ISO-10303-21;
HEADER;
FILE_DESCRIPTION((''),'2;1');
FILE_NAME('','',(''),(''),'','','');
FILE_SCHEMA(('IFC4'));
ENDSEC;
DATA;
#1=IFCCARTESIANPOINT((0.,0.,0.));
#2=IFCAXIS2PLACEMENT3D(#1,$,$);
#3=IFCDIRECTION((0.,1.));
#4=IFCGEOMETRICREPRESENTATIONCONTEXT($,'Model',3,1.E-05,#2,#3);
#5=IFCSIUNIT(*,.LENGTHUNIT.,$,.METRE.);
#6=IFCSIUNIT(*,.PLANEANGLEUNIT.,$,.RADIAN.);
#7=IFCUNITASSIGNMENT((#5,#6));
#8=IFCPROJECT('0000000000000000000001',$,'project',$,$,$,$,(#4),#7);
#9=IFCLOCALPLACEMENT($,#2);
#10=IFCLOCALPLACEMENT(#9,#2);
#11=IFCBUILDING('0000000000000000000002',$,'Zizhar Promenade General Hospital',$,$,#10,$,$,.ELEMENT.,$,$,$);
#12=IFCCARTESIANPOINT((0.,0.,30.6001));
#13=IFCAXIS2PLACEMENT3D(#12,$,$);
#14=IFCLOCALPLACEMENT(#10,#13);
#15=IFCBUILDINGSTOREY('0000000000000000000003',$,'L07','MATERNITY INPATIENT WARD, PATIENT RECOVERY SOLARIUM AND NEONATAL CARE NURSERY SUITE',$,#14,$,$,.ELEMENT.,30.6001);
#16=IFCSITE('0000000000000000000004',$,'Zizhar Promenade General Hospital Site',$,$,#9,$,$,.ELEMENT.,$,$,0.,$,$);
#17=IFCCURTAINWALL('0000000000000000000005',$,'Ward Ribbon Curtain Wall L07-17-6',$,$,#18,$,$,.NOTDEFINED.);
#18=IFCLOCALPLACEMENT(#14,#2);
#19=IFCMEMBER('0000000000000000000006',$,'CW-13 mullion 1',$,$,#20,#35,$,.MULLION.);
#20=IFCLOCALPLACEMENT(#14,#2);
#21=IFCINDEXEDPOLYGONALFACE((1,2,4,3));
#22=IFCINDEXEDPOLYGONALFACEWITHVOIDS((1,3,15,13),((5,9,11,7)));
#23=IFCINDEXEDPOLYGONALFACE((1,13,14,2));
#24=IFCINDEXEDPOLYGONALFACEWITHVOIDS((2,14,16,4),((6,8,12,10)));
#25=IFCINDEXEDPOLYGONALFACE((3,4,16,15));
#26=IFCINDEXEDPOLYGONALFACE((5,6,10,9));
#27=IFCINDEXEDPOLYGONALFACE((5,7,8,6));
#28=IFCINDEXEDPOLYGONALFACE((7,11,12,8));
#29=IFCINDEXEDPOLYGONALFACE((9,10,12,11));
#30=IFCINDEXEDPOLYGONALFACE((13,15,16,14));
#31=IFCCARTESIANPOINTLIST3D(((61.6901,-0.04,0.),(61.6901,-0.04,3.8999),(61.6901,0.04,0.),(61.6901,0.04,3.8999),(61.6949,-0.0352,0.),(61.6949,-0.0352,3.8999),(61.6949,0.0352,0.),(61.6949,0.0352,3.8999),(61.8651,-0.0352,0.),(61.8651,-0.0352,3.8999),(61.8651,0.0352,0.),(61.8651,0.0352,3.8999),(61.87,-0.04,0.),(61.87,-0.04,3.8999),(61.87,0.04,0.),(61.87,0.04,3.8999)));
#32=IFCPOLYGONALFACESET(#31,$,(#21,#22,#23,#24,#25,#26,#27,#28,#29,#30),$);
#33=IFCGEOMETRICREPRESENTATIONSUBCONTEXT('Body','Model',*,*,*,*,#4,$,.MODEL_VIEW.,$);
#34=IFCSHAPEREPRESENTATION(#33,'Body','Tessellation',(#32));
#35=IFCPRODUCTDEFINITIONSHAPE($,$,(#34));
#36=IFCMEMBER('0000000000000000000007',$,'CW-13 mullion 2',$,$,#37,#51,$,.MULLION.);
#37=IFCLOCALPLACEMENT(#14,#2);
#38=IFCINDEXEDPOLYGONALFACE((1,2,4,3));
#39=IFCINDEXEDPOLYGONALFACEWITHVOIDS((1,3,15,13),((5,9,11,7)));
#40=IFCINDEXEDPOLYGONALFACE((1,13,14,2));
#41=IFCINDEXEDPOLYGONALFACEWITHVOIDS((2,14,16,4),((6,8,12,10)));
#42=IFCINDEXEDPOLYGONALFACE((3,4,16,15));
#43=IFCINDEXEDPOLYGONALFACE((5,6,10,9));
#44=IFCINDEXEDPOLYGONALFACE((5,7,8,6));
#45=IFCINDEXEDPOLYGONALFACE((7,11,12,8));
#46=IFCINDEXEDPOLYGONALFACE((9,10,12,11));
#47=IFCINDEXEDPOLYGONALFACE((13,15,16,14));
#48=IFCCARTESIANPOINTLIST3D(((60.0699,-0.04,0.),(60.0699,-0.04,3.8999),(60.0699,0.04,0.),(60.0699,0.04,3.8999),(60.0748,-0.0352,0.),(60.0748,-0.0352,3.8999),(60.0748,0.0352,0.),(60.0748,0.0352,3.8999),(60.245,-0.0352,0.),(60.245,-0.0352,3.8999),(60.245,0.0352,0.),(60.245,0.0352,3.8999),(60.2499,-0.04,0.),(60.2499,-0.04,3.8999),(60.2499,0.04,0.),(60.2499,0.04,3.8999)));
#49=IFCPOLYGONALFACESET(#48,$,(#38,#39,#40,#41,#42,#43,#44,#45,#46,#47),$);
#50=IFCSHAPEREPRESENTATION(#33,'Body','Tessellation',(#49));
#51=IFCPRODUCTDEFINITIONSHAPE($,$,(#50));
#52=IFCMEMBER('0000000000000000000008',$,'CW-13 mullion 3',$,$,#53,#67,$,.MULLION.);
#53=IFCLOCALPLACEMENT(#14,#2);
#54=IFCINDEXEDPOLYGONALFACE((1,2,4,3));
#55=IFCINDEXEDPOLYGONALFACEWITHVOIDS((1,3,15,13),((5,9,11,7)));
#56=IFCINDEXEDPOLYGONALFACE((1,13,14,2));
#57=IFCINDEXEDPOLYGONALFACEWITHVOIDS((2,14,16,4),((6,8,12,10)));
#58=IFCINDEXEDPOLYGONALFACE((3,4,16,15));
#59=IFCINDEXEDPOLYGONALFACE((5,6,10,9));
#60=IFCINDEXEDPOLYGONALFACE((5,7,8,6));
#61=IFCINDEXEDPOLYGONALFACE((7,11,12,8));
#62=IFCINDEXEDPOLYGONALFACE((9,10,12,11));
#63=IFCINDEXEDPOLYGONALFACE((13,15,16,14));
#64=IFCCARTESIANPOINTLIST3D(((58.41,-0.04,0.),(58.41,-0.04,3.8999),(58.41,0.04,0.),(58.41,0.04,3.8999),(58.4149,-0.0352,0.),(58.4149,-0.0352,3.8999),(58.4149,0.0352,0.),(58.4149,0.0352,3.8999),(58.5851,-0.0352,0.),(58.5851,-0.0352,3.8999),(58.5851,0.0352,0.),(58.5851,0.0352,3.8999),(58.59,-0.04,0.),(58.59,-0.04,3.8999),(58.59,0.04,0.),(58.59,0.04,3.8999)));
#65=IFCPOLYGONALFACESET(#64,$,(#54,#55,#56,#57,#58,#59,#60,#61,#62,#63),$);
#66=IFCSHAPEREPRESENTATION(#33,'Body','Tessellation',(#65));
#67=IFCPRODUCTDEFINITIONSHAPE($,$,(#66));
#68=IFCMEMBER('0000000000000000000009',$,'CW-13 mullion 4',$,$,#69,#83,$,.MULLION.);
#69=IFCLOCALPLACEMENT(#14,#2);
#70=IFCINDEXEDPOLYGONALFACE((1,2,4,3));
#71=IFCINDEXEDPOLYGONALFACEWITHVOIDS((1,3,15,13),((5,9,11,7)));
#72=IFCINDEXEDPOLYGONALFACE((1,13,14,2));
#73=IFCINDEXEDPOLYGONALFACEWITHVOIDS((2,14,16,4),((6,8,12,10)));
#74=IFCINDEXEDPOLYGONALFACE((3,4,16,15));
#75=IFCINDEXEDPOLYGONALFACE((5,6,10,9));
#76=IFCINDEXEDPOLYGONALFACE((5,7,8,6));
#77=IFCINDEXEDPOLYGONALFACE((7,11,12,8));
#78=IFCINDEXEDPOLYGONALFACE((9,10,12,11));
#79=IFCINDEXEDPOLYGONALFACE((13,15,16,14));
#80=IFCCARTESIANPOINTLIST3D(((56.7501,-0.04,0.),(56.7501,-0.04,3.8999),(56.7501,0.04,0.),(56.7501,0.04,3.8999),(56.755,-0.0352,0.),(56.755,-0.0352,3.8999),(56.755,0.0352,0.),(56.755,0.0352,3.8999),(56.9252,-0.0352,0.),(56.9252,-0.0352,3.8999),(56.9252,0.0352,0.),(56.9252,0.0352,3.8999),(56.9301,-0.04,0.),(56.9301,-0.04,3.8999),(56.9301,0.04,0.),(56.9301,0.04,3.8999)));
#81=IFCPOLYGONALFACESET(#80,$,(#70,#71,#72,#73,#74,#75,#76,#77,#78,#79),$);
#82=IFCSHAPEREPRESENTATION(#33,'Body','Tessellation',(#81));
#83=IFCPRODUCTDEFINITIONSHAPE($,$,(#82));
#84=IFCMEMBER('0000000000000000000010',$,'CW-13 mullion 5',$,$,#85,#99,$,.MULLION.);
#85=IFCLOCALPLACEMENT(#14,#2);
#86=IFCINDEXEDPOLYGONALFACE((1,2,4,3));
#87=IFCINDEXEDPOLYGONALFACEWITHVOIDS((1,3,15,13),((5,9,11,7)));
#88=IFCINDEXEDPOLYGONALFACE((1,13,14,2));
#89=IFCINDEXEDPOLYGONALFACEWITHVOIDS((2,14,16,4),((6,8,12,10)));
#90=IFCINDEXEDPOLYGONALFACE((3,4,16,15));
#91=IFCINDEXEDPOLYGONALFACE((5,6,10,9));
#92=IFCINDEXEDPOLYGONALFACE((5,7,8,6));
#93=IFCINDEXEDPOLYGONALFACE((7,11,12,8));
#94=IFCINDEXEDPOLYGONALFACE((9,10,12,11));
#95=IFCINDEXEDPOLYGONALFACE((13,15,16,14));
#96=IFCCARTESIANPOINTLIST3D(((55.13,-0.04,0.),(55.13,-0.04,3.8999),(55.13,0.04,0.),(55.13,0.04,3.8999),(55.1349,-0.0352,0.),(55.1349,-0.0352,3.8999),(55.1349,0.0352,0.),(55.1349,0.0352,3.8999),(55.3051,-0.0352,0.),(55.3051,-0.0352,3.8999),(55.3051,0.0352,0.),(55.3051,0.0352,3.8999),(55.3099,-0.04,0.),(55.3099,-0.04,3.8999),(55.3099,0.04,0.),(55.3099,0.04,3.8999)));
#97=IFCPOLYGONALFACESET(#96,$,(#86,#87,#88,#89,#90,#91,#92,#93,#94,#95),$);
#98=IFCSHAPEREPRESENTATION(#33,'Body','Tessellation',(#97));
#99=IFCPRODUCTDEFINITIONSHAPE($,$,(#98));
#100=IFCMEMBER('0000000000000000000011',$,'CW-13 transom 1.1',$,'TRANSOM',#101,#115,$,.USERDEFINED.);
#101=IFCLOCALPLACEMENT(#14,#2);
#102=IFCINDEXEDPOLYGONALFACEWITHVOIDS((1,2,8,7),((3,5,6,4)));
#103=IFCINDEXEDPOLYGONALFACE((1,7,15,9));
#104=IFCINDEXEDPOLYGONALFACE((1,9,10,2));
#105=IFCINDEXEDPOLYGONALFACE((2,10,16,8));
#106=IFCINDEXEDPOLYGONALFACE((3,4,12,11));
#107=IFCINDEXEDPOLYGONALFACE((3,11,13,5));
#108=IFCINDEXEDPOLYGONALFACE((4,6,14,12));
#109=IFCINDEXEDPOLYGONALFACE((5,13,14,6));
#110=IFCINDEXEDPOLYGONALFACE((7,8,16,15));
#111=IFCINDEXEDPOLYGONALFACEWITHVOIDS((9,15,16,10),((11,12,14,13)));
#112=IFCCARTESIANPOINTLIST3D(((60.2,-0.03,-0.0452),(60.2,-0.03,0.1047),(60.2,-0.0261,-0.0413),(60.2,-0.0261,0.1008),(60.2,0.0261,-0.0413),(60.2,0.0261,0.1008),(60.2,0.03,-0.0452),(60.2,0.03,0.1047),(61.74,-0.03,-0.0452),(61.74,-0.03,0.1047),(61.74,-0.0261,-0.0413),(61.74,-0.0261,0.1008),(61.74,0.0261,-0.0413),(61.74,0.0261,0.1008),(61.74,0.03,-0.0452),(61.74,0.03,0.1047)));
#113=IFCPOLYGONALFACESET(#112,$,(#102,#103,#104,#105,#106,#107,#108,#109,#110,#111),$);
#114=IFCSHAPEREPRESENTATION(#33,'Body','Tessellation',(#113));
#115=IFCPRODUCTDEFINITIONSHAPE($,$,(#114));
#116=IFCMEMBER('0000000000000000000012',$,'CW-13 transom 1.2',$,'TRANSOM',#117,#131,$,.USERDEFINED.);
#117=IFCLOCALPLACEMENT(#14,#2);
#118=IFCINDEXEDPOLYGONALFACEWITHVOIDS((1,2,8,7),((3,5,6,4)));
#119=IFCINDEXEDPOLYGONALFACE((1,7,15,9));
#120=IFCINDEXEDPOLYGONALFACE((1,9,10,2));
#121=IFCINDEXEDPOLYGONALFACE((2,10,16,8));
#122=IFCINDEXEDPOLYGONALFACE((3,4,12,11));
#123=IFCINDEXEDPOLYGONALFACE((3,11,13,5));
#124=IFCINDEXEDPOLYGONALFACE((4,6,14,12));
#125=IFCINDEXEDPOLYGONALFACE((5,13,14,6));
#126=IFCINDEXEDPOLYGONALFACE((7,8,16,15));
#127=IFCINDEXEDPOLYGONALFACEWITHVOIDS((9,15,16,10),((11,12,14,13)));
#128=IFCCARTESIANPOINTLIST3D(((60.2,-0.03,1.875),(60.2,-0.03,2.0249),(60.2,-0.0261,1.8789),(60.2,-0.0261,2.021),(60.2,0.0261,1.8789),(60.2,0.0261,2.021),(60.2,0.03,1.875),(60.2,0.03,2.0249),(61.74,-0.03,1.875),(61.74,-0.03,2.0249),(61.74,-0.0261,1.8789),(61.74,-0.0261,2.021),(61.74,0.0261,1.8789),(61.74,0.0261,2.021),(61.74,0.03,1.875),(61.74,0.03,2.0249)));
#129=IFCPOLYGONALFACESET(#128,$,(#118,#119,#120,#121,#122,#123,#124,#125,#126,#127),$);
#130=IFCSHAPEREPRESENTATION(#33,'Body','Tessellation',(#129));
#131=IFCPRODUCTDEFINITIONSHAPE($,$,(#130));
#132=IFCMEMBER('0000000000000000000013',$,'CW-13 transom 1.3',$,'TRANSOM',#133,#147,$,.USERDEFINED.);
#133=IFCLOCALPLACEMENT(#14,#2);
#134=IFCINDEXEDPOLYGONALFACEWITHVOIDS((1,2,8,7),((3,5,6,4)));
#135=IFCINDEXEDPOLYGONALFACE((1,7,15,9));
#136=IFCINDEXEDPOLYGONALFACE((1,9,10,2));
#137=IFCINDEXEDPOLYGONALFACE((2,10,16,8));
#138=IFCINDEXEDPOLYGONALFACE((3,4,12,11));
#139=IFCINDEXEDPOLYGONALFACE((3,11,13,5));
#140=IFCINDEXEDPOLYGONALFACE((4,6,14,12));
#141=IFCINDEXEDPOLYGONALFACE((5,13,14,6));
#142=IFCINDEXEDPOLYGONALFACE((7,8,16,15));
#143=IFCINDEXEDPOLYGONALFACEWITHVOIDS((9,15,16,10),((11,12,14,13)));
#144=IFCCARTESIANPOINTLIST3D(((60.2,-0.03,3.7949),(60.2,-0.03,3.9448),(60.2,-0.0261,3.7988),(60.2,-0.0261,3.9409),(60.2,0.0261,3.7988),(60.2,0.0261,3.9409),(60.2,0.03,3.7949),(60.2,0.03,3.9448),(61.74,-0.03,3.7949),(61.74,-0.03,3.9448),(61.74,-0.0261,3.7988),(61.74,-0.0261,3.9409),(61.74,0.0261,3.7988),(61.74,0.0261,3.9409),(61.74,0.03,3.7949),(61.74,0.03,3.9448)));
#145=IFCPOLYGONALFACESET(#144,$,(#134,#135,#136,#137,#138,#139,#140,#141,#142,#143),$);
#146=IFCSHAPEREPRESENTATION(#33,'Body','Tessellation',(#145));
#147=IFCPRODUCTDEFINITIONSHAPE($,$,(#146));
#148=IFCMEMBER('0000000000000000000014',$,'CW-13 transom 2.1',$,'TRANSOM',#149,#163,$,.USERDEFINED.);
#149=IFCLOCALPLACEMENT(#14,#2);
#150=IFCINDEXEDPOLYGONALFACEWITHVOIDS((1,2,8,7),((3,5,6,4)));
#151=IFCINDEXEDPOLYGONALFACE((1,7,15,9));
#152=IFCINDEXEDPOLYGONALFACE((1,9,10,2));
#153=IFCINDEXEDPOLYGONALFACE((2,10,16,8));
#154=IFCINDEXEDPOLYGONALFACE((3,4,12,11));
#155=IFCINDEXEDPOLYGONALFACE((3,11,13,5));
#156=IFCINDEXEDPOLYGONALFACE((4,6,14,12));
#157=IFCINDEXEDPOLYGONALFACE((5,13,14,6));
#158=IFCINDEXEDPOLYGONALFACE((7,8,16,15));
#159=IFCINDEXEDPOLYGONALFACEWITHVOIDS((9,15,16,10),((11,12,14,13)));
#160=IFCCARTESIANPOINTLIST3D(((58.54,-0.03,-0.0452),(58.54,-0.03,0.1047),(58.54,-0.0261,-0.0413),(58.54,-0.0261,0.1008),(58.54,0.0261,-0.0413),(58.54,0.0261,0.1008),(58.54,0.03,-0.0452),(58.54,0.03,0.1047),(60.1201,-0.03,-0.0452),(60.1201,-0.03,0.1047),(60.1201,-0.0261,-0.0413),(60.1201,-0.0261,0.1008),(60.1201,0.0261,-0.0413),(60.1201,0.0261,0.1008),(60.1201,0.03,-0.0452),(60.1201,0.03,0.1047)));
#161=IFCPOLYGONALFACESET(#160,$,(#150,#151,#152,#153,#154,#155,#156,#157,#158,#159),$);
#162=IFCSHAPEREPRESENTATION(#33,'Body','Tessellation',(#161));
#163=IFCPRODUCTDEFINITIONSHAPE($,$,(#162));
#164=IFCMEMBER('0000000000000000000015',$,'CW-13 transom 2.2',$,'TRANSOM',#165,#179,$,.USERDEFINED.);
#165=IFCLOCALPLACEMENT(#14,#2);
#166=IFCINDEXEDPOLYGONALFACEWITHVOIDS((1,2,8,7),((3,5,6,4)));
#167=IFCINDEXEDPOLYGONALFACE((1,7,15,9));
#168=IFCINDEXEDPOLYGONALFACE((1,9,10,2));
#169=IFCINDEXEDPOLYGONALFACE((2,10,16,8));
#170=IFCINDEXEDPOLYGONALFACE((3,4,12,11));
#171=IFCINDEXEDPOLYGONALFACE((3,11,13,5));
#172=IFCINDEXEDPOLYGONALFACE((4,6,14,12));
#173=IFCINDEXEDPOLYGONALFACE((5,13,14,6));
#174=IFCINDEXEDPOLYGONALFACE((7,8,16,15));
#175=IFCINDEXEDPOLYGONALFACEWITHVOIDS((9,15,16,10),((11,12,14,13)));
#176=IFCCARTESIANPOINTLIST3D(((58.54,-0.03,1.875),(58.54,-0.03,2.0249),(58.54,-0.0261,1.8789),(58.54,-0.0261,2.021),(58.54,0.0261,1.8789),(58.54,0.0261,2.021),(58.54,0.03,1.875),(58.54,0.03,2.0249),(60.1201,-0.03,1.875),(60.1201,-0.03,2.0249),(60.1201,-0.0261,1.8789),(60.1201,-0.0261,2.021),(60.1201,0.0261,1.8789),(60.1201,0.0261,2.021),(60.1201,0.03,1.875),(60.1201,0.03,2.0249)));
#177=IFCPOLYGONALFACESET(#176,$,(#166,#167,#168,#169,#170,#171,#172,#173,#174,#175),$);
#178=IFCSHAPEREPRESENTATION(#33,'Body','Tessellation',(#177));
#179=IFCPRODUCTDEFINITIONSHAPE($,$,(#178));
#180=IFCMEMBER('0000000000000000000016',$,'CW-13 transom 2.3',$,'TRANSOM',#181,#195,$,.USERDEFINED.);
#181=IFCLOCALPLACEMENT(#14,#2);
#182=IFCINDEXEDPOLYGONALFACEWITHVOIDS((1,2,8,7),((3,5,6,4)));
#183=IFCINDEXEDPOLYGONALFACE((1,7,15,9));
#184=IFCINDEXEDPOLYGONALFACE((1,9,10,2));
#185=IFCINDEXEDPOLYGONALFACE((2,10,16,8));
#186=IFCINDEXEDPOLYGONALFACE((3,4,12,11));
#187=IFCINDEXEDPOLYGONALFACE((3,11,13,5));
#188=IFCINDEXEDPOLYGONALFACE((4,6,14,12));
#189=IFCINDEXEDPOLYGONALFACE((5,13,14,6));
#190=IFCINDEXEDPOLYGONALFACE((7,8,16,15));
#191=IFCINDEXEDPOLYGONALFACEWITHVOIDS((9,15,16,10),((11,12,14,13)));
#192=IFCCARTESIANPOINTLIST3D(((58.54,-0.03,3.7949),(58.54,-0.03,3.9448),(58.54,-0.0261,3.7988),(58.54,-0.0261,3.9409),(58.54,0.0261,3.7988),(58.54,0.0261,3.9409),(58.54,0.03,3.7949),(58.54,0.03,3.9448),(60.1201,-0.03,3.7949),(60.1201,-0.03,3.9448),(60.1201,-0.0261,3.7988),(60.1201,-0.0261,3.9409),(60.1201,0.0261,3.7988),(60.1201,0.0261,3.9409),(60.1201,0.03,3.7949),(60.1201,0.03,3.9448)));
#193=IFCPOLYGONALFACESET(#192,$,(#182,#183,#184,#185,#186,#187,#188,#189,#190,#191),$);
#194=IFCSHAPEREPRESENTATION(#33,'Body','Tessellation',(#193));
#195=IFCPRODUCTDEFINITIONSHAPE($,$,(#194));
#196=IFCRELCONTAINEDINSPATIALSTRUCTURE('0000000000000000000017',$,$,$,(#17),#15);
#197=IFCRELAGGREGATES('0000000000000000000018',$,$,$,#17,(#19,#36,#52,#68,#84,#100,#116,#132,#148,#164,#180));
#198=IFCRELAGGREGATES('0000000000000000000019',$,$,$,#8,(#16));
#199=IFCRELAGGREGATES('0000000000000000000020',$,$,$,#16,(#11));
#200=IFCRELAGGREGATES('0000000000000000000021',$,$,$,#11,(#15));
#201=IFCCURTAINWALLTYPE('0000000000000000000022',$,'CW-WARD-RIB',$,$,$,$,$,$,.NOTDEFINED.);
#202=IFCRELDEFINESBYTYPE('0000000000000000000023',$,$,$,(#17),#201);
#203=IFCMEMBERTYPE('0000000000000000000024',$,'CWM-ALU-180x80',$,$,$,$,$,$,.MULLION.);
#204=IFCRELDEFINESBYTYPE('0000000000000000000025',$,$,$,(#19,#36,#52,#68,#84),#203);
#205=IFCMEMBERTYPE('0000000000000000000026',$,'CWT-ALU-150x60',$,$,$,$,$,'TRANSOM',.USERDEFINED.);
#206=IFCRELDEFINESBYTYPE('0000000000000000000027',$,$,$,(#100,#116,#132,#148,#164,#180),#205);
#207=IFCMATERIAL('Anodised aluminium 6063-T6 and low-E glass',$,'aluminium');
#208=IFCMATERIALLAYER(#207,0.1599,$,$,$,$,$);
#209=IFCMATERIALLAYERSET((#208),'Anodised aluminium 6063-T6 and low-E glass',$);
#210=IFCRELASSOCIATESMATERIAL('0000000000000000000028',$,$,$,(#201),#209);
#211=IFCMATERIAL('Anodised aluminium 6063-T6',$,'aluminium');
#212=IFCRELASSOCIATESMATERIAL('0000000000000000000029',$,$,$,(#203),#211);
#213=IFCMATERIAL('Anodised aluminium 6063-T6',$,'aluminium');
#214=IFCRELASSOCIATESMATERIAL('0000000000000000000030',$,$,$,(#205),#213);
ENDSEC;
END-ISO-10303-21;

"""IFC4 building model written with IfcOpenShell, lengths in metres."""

from ifc_helpers import new_model, si_unit, direction, frame, origin, origin_2d, place, context, subcontext, project, spatial, hollow_rectangle, extrude, material, layer, layer_set, material_profile, profile_set, type_object, element, aggregate, save


model = new_model("IFC4")

# Units and contexts
model_context = context("Model", 3, precision=1e-05, world=origin(), true_north=direction((0.0, 1.0)))
body_context = subcontext(model_context, "Body", "Model", "MODEL_VIEW")
ifc_project = project(units=[si_unit("LENGTHUNIT", "METRE"), si_unit("PLANEANGLEUNIT", "RADIAN")], contexts=[model_context])

# Site, building, storey
site_placement = place(None, origin())
site = spatial("IfcSite", under=ifc_project, at=site_placement, Name="Zizhar Promenade General Hospital Site", CompositionType="ELEMENT", RefElevation=0.0)
building_placement = place(site_placement, origin())
building = spatial("IfcBuilding", under=site, at=building_placement, Name="Zizhar Promenade General Hospital", CompositionType="ELEMENT")
storey_placement = place(building_placement, frame((0.0, 0.0, 30.6001)))
storey = spatial("IfcBuildingStorey", under=building, at=storey_placement, Name="L07", Description="MATERNITY INPATIENT WARD, PATIENT RECOVERY SOLARIUM AND NEONATAL CARE NURSERY SUITE", CompositionType="ELEMENT", Elevation=30.6001)

# Curtain wall, members
ifc_material_1 = material(Name="Anodised aluminium 6063-T6 and low-E glass", Category="aluminium")
ifc_layer_1 = layer(ifc_material_1, 0.1599)
ifc_layer_set_1 = layer_set([ifc_layer_1], Name="Anodised aluminium 6063-T6 and low-E glass")
curtain_wall_type = type_object("IfcCurtainWallType", Name="CW-WARD-RIB", PredefinedType="NOTDEFINED", material=ifc_layer_set_1)
curtain_wall_placement = place(storey_placement, origin())
curtain_wall = element("IfcCurtainWall", 1, at=curtain_wall_placement, inside=storey, type_object=curtain_wall_type, Name="Ward Ribbon Curtain Wall L07-17-6", PredefinedType="NOTDEFINED")
ifc_material_2 = material(Name="Anodised aluminium 6063-T6", Category="aluminium")
ifc_material_profile_1 = material_profile(ifc_material_2, hollow_rectangle(XDim=0.0801, YDim=0.1799, WallThickness=0.0049, at=origin_2d()))
ifc_profile_set_1 = profile_set([ifc_material_profile_1], Name="Anodised aluminium 6063-T6")
member_type_1 = type_object("IfcMemberType", Name="CWM-ALU-180x80", PredefinedType="MULLION", material=ifc_profile_set_1)
member_1_placement = place(storey_placement, frame((61.78, 0.0, 0.0), z_axis=(0.0, 0.0, 1.0), x_axis=(0.0, -1.0, 0.0)))
member_1 = element("IfcMember", 2, at=member_1_placement, type_object=member_type_1, Name="CW-13 mullion 1", PredefinedType="MULLION", context=body_context, shape_type="SweptSolid", body=[
    extrude(hollow_rectangle(XDim=0.0801, YDim=0.1799, WallThickness=0.0049, at=origin_2d()), origin(), (0.0, 0.0, 1.0), 3.8999),
])
member_2_placement = place(storey_placement, frame((60.1599, 0.0, 0.0), z_axis=(0.0, 0.0, 1.0), x_axis=(0.0, -1.0, 0.0)))
member_2 = element("IfcMember", 3, at=member_2_placement, type_object=member_type_1, Name="CW-13 mullion 2", PredefinedType="MULLION", context=body_context, shape_type="SweptSolid", body=[
    extrude(hollow_rectangle(XDim=0.0801, YDim=0.1799, WallThickness=0.0049, at=origin_2d()), origin(), (0.0, 0.0, 1.0), 3.8999),
])
member_3_placement = place(storey_placement, frame((58.5, 0.0, 0.0), z_axis=(0.0, 0.0, 1.0), x_axis=(0.0, -1.0, 0.0)))
member_3 = element("IfcMember", 4, at=member_3_placement, type_object=member_type_1, Name="CW-13 mullion 3", PredefinedType="MULLION", context=body_context, shape_type="SweptSolid", body=[
    extrude(hollow_rectangle(XDim=0.0801, YDim=0.1799, WallThickness=0.0049, at=origin_2d()), origin(), (0.0, 0.0, 1.0), 3.8999),
])
member_4_placement = place(storey_placement, frame((56.8401, 0.0, 0.0), z_axis=(0.0, 0.0, 1.0), x_axis=(0.0, -1.0, 0.0)))
member_4 = element("IfcMember", 5, at=member_4_placement, type_object=member_type_1, Name="CW-13 mullion 4", PredefinedType="MULLION", context=body_context, shape_type="SweptSolid", body=[
    extrude(hollow_rectangle(XDim=0.0801, YDim=0.1799, WallThickness=0.0049, at=origin_2d()), origin(), (0.0, 0.0, 1.0), 3.8999),
])
member_5_placement = place(storey_placement, frame((55.22, 0.0, 0.0), z_axis=(0.0, 0.0, 1.0), x_axis=(0.0, -1.0, 0.0)))
member_5 = element("IfcMember", 6, at=member_5_placement, type_object=member_type_1, Name="CW-13 mullion 5", PredefinedType="MULLION", context=body_context, shape_type="SweptSolid", body=[
    extrude(hollow_rectangle(XDim=0.0801, YDim=0.1799, WallThickness=0.0049, at=origin_2d()), origin(), (0.0, 0.0, 1.0), 3.8999),
])
ifc_material_3 = material(Name="Anodised aluminium 6063-T6", Category="aluminium")
ifc_material_profile_2 = material_profile(ifc_material_3, hollow_rectangle(XDim=0.0601, YDim=0.1499, WallThickness=0.0039, at=origin_2d()))
ifc_profile_set_2 = profile_set([ifc_material_profile_2], Name="Anodised aluminium 6063-T6")
member_type_2 = type_object("IfcMemberType", Name="CWT-ALU-150x60", ElementType="TRANSOM", PredefinedType="USERDEFINED", material=ifc_profile_set_2)
member_6_placement = place(storey_placement, frame((61.74, 0.0, 0.0298), z_axis=(-1.0, 0.0, 0.0), x_axis=(0.0, -1.0, 0.0)))
member_6 = element("IfcMember", 7, at=member_6_placement, type_object=member_type_2, Name="CW-13 transom 1.1", ObjectType="TRANSOM", PredefinedType="USERDEFINED", context=body_context, shape_type="SweptSolid", body=[
    extrude(hollow_rectangle(XDim=0.0601, YDim=0.1499, WallThickness=0.0039, at=origin_2d()), origin(), (0.0, 0.0, 1.0), 1.54),
])
member_7_placement = place(storey_placement, frame((61.74, 0.0, 1.95), z_axis=(-1.0, 0.0, 0.0), x_axis=(0.0, -1.0, 0.0)))
member_7 = element("IfcMember", 8, at=member_7_placement, type_object=member_type_2, Name="CW-13 transom 1.2", ObjectType="TRANSOM", PredefinedType="USERDEFINED", context=body_context, shape_type="SweptSolid", body=[
    extrude(hollow_rectangle(XDim=0.0601, YDim=0.1499, WallThickness=0.0039, at=origin_2d()), origin(), (0.0, 0.0, 1.0), 1.54),
])
member_8_placement = place(storey_placement, frame((61.74, 0.0, 3.8699), z_axis=(-1.0, 0.0, 0.0), x_axis=(0.0, -1.0, 0.0)))
member_8 = element("IfcMember", 9, at=member_8_placement, type_object=member_type_2, Name="CW-13 transom 1.3", ObjectType="TRANSOM", PredefinedType="USERDEFINED", context=body_context, shape_type="SweptSolid", body=[
    extrude(hollow_rectangle(XDim=0.0601, YDim=0.1499, WallThickness=0.0039, at=origin_2d()), origin(), (0.0, 0.0, 1.0), 1.54),
])
member_9_placement = place(storey_placement, frame((60.1201, 0.0, 0.0298), z_axis=(-1.0, 0.0, 0.0), x_axis=(0.0, -1.0, 0.0)))
member_9 = element("IfcMember", 10, at=member_9_placement, type_object=member_type_2, Name="CW-13 transom 2.1", ObjectType="TRANSOM", PredefinedType="USERDEFINED", context=body_context, shape_type="SweptSolid", body=[
    extrude(hollow_rectangle(XDim=0.0601, YDim=0.1499, WallThickness=0.0039, at=origin_2d()), origin(), (0.0, 0.0, 1.0), 1.5801),
])
member_10_placement = place(storey_placement, frame((60.1201, 0.0, 1.95), z_axis=(-1.0, 0.0, 0.0), x_axis=(0.0, -1.0, 0.0)))
member_10 = element("IfcMember", 11, at=member_10_placement, type_object=member_type_2, Name="CW-13 transom 2.2", ObjectType="TRANSOM", PredefinedType="USERDEFINED", context=body_context, shape_type="SweptSolid", body=[
    extrude(hollow_rectangle(XDim=0.0601, YDim=0.1499, WallThickness=0.0039, at=origin_2d()), origin(), (0.0, 0.0, 1.0), 1.5801),
])
member_11_placement = place(storey_placement, frame((60.1201, 0.0, 3.8699), z_axis=(-1.0, 0.0, 0.0), x_axis=(0.0, -1.0, 0.0)))
member_11 = element("IfcMember", 12, at=member_11_placement, type_object=member_type_2, Name="CW-13 transom 2.3", ObjectType="TRANSOM", PredefinedType="USERDEFINED", context=body_context, shape_type="SweptSolid", body=[
    extrude(hollow_rectangle(XDim=0.0601, YDim=0.1499, WallThickness=0.0039, at=origin_2d()), origin(), (0.0, 0.0, 1.0), 1.5801),
])
aggregate(curtain_wall, [member_1, member_2, member_3, member_4, member_5, member_6, member_7, member_8, member_9, member_10, member_11])

save(model, "model.ifc")
